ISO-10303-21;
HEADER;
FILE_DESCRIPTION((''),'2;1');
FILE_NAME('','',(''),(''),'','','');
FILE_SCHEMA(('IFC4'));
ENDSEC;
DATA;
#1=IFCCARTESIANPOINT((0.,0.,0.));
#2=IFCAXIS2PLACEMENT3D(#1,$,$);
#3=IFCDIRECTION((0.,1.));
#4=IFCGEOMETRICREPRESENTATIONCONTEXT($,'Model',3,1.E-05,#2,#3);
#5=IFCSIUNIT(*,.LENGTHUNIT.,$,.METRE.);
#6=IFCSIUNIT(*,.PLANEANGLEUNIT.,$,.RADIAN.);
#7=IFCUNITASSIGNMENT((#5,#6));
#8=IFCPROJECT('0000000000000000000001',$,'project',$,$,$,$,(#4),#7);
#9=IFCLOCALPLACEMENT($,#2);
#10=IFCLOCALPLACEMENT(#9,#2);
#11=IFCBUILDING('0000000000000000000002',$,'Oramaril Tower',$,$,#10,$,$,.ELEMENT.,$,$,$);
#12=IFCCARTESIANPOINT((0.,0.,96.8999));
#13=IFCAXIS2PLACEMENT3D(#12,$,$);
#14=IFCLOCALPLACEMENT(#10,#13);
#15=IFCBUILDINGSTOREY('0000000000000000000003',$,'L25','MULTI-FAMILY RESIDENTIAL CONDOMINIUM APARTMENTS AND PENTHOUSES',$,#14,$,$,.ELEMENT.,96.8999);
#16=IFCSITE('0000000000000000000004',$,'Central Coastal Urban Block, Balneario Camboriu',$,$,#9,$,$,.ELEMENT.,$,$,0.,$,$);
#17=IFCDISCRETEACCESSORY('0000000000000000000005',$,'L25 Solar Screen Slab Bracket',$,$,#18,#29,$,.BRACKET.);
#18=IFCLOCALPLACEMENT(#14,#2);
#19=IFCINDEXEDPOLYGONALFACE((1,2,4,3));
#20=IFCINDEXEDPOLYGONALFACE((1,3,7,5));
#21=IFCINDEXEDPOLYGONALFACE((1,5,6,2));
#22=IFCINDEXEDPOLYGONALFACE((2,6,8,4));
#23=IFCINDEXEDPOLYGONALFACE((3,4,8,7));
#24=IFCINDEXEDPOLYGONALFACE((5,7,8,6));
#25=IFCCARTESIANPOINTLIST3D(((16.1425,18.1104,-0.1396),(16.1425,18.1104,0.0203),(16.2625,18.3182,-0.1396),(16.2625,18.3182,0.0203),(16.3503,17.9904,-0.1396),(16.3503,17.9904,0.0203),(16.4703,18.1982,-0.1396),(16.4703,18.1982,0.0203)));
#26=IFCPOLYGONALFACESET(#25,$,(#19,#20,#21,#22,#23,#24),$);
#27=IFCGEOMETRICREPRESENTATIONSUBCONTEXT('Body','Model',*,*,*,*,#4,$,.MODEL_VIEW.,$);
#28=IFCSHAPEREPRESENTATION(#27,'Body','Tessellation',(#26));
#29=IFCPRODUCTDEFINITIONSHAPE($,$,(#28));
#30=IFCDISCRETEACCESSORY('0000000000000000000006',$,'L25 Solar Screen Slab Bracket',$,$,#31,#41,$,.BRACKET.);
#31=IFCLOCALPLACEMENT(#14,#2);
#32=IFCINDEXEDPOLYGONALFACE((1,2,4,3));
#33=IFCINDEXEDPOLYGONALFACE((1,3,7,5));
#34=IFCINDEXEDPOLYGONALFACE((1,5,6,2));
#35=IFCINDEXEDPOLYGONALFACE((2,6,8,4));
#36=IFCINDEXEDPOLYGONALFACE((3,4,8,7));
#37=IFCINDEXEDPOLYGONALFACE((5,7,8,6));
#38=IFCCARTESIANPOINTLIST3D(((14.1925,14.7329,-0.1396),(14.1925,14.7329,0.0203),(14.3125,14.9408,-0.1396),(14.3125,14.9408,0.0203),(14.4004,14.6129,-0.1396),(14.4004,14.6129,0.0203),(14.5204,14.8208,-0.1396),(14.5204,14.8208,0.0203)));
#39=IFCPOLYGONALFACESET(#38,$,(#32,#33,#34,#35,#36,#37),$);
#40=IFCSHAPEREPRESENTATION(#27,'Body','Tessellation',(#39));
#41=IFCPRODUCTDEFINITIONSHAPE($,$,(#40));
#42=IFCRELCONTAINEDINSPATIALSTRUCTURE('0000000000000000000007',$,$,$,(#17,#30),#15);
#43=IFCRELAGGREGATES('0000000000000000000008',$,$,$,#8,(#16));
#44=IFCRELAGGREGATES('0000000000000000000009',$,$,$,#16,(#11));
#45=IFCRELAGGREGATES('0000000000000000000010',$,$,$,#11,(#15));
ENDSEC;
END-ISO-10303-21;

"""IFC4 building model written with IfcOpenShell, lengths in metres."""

from ifc_helpers import new_model, si_unit, direction, frame, origin, origin_2d, place, context, subcontext, project, spatial, rectangle, extrude, element, save


model = new_model("IFC4")

# Units and contexts
model_context = context("Model", 3, precision=1e-05, world=origin(), true_north=direction((0.0, 1.0)))
body_context = subcontext(model_context, "Body", "Model", "MODEL_VIEW")
ifc_project = project(units=[si_unit("LENGTHUNIT", "METRE"), si_unit("PLANEANGLEUNIT", "RADIAN")], contexts=[model_context])

# Site, building, storey
site_placement = place(None, origin())
site = spatial("IfcSite", under=ifc_project, at=site_placement, Name="Central Coastal Urban Block, Balneario Camboriu", CompositionType="ELEMENT", RefElevation=0.0)
building_placement = place(site_placement, origin())
building = spatial("IfcBuilding", under=site, at=building_placement, Name="Oramaril Tower", CompositionType="ELEMENT")
storey_placement = place(building_placement, frame((0.0, 0.0, 96.8999)))
storey = spatial("IfcBuildingStorey", under=building, at=storey_placement, Name="L25", Description="MULTI-FAMILY RESIDENTIAL CONDOMINIUM APARTMENTS AND PENTHOUSES", CompositionType="ELEMENT", Elevation=96.8999)

# Discrete accessories
for number, where, z_axis, x_axis, name in (
    (1, (16.3064, 18.1543, -0.1396), (0.0, 0.0, 1.0), (-0.5, -0.866025, 0.0), "L25 Solar Screen Slab Bracket"),
    (2, (14.3564, 14.7769, -0.1396), (0.0, 0.0, 1.0), (-0.5, -0.866025, 0.0), "L25 Solar Screen Slab Bracket"),
):
    element("IfcDiscreteAccessory", number, at=place(storey_placement, frame(where, z_axis=z_axis, x_axis=x_axis)), inside=storey, Name=name, PredefinedType="BRACKET", context=body_context, shape_type="SweptSolid", body=[
        extrude(rectangle(XDim=0.24, YDim=0.24, at=origin_2d()), origin(), (0.0, 0.0, 1.0), 0.1599),
    ])

save(model, "model.ifc")
